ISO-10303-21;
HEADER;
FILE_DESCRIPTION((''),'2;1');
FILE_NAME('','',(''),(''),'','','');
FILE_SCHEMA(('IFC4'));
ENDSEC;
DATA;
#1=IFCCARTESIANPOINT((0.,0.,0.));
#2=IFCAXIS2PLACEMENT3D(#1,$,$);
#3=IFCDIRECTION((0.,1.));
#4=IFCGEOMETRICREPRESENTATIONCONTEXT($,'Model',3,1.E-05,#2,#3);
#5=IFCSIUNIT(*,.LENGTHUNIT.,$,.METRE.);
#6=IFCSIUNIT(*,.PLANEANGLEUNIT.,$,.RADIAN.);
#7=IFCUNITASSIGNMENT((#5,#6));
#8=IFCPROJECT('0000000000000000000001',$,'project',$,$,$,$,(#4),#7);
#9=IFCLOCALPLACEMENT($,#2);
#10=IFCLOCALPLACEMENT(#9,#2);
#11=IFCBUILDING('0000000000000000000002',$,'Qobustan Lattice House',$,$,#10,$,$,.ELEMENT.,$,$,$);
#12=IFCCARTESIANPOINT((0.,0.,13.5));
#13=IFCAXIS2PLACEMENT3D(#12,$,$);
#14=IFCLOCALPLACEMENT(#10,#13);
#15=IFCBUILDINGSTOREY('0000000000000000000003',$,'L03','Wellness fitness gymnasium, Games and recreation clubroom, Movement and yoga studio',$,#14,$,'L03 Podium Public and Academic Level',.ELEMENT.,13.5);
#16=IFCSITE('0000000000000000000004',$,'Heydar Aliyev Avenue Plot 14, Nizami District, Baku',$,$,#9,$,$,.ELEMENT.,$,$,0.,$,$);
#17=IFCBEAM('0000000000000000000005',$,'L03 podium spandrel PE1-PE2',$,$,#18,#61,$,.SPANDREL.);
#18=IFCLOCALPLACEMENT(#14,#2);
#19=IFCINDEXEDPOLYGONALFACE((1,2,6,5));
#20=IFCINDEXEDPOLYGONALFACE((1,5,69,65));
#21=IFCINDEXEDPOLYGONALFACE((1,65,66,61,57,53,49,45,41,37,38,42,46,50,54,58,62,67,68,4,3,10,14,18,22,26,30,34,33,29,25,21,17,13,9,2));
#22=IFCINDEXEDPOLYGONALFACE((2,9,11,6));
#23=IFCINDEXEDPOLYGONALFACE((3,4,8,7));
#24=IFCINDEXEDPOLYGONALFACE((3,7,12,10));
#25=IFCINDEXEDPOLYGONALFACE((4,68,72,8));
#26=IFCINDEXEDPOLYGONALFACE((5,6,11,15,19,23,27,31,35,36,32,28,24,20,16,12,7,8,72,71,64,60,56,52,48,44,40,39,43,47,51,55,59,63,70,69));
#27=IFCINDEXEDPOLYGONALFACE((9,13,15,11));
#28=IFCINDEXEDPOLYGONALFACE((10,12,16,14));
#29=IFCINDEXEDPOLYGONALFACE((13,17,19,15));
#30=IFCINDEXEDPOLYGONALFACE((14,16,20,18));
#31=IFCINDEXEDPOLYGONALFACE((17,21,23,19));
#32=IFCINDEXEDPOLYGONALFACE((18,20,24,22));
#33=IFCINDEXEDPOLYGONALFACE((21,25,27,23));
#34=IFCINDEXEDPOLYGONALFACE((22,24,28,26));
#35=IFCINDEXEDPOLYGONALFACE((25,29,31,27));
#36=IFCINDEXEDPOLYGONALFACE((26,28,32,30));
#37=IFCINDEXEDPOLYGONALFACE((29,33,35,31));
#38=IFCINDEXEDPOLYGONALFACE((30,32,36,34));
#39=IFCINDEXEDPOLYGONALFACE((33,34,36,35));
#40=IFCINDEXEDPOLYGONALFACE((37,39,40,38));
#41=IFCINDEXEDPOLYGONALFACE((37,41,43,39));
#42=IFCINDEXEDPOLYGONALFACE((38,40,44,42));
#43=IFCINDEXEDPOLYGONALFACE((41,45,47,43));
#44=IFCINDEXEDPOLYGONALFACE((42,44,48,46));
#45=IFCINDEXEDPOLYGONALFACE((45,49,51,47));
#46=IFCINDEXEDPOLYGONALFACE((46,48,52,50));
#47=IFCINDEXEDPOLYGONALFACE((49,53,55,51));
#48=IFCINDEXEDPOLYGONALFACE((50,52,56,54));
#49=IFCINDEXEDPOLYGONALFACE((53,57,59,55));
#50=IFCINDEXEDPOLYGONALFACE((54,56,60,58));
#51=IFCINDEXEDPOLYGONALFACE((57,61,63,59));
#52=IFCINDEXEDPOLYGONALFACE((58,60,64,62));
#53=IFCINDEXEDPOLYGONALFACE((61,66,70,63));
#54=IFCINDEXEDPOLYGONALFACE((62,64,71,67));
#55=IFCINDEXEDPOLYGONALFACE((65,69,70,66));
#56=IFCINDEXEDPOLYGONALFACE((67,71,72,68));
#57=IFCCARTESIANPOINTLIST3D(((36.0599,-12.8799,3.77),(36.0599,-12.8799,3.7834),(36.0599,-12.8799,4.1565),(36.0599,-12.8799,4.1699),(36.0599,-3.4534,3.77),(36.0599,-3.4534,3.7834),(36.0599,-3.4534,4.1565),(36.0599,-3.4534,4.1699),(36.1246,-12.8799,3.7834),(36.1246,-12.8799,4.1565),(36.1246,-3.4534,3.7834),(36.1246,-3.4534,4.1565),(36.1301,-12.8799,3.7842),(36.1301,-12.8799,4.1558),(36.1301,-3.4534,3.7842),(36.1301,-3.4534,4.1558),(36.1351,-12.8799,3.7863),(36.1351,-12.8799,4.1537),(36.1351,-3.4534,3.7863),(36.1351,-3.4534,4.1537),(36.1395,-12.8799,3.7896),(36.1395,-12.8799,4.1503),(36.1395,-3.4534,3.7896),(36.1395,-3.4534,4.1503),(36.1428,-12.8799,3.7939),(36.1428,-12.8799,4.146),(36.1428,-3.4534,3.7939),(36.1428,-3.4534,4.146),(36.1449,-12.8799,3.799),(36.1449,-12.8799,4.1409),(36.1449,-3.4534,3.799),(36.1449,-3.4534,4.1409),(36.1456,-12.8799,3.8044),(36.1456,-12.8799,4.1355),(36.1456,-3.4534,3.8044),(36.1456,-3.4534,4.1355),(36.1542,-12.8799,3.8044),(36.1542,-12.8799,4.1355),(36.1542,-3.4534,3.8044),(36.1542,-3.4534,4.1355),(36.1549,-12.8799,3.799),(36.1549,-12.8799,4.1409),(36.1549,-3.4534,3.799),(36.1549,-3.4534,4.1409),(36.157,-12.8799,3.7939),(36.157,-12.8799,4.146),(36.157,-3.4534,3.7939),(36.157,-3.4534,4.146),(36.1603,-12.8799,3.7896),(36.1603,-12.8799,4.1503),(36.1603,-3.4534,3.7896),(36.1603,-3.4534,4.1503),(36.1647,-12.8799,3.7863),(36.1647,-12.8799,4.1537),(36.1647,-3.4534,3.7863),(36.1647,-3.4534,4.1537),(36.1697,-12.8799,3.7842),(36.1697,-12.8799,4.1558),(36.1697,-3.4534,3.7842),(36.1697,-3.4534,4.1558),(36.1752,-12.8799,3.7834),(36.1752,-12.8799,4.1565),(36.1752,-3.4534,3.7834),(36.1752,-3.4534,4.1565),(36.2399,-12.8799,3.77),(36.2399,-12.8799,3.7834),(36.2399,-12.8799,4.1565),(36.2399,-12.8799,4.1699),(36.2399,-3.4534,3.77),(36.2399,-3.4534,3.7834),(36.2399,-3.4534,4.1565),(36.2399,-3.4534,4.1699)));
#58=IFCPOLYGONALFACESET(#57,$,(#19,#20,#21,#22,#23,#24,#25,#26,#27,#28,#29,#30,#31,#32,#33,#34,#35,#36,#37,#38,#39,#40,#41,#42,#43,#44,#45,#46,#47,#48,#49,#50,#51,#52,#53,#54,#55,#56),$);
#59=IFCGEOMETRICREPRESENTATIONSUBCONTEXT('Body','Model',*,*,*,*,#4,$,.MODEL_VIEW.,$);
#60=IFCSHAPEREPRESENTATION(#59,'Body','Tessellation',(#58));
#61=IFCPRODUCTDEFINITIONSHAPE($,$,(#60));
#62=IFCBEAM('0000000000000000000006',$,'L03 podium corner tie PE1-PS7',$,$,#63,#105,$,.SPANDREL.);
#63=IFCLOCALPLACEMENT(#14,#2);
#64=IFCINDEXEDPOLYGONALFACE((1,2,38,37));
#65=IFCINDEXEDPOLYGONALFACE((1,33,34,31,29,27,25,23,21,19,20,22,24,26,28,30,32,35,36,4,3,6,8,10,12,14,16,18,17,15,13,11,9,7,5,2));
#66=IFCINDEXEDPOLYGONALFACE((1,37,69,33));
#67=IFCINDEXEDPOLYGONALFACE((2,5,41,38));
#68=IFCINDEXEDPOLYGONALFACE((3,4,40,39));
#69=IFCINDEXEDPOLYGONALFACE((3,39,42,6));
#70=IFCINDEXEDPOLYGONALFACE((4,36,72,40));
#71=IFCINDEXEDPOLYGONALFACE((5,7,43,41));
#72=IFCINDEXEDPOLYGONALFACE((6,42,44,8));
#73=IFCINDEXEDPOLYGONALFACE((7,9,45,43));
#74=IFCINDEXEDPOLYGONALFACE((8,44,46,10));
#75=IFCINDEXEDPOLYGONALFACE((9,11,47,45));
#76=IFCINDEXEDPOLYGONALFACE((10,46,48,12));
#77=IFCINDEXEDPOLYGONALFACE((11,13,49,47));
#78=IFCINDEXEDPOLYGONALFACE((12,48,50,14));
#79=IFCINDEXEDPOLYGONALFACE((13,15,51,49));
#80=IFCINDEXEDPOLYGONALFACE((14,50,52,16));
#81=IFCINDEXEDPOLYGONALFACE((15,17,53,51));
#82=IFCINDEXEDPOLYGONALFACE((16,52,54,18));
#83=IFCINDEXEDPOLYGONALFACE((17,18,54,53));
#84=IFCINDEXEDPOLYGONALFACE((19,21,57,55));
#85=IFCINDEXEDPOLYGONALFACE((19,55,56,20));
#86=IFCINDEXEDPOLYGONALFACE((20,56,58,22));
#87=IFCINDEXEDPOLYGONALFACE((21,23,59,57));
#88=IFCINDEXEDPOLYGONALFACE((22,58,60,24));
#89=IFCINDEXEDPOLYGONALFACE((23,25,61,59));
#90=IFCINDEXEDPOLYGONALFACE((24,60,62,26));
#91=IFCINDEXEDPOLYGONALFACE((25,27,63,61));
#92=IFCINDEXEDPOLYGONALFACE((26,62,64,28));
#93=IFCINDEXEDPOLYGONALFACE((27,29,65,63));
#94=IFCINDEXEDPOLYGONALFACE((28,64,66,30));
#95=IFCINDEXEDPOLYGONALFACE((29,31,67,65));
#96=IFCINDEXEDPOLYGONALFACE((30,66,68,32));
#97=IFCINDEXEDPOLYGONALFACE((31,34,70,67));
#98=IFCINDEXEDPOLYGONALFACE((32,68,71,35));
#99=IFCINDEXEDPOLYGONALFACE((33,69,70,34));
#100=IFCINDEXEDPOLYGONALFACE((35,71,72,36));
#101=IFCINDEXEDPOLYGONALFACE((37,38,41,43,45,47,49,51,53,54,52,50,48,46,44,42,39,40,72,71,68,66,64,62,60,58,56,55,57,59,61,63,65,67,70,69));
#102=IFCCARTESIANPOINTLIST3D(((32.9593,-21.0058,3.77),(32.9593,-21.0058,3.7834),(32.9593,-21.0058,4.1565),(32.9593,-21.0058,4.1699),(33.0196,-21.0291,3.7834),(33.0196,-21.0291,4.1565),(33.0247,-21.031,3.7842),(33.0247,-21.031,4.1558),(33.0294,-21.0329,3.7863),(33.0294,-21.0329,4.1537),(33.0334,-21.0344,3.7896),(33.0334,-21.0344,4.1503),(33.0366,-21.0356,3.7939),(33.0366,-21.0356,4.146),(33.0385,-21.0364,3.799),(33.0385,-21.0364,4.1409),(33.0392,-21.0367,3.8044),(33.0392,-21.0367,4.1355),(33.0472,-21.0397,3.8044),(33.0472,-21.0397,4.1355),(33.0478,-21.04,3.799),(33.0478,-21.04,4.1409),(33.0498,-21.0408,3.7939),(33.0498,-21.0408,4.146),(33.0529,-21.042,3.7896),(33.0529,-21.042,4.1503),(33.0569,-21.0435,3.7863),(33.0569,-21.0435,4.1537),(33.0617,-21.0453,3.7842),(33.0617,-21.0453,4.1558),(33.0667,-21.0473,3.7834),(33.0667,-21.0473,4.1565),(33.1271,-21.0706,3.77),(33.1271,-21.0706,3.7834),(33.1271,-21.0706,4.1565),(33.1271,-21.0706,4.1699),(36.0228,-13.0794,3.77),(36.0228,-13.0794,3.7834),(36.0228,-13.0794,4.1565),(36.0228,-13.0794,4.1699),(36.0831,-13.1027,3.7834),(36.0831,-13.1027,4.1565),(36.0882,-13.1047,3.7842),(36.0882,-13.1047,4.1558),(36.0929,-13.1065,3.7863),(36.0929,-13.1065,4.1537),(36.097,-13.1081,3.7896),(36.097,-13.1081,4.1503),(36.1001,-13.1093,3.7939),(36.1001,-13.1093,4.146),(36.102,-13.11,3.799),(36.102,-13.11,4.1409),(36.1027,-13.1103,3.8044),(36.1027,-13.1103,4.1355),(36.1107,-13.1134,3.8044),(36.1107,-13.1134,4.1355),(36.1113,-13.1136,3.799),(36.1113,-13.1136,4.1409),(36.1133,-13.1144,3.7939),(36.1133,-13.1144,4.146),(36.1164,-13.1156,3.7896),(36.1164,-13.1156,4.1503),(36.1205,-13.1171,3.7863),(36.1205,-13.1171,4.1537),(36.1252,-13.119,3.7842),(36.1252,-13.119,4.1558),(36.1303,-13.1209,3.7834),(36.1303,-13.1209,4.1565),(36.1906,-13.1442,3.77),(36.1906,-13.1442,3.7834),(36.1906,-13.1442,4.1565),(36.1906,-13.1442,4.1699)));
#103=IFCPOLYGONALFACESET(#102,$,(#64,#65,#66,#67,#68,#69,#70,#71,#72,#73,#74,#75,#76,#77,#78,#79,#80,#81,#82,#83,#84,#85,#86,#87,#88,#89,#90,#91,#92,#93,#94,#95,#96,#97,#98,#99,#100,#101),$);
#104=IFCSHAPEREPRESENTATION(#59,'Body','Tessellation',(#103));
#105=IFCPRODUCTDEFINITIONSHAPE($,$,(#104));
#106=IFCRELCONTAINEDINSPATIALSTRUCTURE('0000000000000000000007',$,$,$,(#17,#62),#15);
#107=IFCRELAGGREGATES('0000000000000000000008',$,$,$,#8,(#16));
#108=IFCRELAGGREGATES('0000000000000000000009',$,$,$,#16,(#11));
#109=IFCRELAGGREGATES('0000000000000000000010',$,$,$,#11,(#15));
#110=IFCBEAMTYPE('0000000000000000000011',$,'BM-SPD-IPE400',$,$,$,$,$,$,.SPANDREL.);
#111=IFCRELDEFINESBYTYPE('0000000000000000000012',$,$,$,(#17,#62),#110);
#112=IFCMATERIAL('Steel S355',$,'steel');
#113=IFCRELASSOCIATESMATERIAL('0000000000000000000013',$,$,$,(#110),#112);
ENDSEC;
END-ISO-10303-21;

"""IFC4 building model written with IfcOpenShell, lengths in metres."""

from ifc_helpers import new_model, si_unit, direction, frame, origin, origin_2d, place, context, subcontext, project, spatial, i_section, extrude, material, material_profile, profile_set, type_object, element, save


model = new_model("IFC4")

# Units and contexts
model_context = context("Model", 3, precision=1e-05, world=origin(), true_north=direction((0.0, 1.0)))
body_context = subcontext(model_context, "Body", "Model", "MODEL_VIEW")
ifc_project = project(units=[si_unit("LENGTHUNIT", "METRE"), si_unit("PLANEANGLEUNIT", "RADIAN")], contexts=[model_context])

# Site, building, storey
site_placement = place(None, origin())
site = spatial("IfcSite", under=ifc_project, at=site_placement, Name="Heydar Aliyev Avenue Plot 14, Nizami District, Baku", CompositionType="ELEMENT", RefElevation=0.0)
building_placement = place(site_placement, origin())
building = spatial("IfcBuilding", under=site, at=building_placement, Name="Qobustan Lattice House", CompositionType="ELEMENT")
storey_placement = place(building_placement, frame((0.0, 0.0, 13.5)))
storey = spatial("IfcBuildingStorey", under=building, at=storey_placement, Name="L03", Description="Wellness fitness gymnasium, Games and recreation clubroom, Movement and yoga studio", LongName="L03 Podium Public and Academic Level", CompositionType="ELEMENT", Elevation=13.5)

# Beams
ifc_material_1 = material(Name="Steel S355", Category="steel")
ifc_material_profile_1 = material_profile(ifc_material_1, i_section(OverallWidth=0.1799, OverallDepth=0.3999, WebThickness=0.0085, FlangeThickness=0.0134, FilletRadius=0.021, at=origin_2d()), Name="IPE400")
ifc_profile_set_1 = profile_set([ifc_material_profile_1], Name="Steel S355")
beam_type_1 = type_object("IfcBeamType", Name="BM-SPD-IPE400", PredefinedType="SPANDREL", material=ifc_profile_set_1)
beam_1_placement = place(storey_placement, frame((36.1499, -12.8799, 3.97), z_axis=(0.0, 1.0, 0.0), x_axis=(-1.0, 0.0, 0.0)))
element("IfcBeam", 1, at=beam_1_placement, inside=storey, type_object=beam_type_1, Name="L03 podium spandrel PE1-PE2", PredefinedType="SPANDREL", context=body_context, shape_type="SweptSolid", body=[
    extrude(i_section(OverallWidth=0.1799, OverallDepth=0.3999, WebThickness=0.0085, FlangeThickness=0.0134, FilletRadius=0.021, at=origin_2d()), origin(), (0.0, 0.0, 1.0), 9.4265),
])
beam_2_placement = place(storey_placement, frame((36.1067, -13.1118, 3.97), z_axis=(-0.360507, -0.932756, 0.0), x_axis=(0.932756, -0.360507, 0.0)))
element("IfcBeam", 2, at=beam_2_placement, inside=storey, type_object=beam_type_1, Name="L03 podium corner tie PE1-PS7", PredefinedType="SPANDREL", context=body_context, shape_type="SweptSolid", body=[
    extrude(i_section(OverallWidth=0.1799, OverallDepth=0.3999, WebThickness=0.0085, FlangeThickness=0.0134, FilletRadius=0.021, at=origin_2d()), origin(), (0.0, 0.0, 1.0), 8.4978),
])

save(model, "model.ifc")
